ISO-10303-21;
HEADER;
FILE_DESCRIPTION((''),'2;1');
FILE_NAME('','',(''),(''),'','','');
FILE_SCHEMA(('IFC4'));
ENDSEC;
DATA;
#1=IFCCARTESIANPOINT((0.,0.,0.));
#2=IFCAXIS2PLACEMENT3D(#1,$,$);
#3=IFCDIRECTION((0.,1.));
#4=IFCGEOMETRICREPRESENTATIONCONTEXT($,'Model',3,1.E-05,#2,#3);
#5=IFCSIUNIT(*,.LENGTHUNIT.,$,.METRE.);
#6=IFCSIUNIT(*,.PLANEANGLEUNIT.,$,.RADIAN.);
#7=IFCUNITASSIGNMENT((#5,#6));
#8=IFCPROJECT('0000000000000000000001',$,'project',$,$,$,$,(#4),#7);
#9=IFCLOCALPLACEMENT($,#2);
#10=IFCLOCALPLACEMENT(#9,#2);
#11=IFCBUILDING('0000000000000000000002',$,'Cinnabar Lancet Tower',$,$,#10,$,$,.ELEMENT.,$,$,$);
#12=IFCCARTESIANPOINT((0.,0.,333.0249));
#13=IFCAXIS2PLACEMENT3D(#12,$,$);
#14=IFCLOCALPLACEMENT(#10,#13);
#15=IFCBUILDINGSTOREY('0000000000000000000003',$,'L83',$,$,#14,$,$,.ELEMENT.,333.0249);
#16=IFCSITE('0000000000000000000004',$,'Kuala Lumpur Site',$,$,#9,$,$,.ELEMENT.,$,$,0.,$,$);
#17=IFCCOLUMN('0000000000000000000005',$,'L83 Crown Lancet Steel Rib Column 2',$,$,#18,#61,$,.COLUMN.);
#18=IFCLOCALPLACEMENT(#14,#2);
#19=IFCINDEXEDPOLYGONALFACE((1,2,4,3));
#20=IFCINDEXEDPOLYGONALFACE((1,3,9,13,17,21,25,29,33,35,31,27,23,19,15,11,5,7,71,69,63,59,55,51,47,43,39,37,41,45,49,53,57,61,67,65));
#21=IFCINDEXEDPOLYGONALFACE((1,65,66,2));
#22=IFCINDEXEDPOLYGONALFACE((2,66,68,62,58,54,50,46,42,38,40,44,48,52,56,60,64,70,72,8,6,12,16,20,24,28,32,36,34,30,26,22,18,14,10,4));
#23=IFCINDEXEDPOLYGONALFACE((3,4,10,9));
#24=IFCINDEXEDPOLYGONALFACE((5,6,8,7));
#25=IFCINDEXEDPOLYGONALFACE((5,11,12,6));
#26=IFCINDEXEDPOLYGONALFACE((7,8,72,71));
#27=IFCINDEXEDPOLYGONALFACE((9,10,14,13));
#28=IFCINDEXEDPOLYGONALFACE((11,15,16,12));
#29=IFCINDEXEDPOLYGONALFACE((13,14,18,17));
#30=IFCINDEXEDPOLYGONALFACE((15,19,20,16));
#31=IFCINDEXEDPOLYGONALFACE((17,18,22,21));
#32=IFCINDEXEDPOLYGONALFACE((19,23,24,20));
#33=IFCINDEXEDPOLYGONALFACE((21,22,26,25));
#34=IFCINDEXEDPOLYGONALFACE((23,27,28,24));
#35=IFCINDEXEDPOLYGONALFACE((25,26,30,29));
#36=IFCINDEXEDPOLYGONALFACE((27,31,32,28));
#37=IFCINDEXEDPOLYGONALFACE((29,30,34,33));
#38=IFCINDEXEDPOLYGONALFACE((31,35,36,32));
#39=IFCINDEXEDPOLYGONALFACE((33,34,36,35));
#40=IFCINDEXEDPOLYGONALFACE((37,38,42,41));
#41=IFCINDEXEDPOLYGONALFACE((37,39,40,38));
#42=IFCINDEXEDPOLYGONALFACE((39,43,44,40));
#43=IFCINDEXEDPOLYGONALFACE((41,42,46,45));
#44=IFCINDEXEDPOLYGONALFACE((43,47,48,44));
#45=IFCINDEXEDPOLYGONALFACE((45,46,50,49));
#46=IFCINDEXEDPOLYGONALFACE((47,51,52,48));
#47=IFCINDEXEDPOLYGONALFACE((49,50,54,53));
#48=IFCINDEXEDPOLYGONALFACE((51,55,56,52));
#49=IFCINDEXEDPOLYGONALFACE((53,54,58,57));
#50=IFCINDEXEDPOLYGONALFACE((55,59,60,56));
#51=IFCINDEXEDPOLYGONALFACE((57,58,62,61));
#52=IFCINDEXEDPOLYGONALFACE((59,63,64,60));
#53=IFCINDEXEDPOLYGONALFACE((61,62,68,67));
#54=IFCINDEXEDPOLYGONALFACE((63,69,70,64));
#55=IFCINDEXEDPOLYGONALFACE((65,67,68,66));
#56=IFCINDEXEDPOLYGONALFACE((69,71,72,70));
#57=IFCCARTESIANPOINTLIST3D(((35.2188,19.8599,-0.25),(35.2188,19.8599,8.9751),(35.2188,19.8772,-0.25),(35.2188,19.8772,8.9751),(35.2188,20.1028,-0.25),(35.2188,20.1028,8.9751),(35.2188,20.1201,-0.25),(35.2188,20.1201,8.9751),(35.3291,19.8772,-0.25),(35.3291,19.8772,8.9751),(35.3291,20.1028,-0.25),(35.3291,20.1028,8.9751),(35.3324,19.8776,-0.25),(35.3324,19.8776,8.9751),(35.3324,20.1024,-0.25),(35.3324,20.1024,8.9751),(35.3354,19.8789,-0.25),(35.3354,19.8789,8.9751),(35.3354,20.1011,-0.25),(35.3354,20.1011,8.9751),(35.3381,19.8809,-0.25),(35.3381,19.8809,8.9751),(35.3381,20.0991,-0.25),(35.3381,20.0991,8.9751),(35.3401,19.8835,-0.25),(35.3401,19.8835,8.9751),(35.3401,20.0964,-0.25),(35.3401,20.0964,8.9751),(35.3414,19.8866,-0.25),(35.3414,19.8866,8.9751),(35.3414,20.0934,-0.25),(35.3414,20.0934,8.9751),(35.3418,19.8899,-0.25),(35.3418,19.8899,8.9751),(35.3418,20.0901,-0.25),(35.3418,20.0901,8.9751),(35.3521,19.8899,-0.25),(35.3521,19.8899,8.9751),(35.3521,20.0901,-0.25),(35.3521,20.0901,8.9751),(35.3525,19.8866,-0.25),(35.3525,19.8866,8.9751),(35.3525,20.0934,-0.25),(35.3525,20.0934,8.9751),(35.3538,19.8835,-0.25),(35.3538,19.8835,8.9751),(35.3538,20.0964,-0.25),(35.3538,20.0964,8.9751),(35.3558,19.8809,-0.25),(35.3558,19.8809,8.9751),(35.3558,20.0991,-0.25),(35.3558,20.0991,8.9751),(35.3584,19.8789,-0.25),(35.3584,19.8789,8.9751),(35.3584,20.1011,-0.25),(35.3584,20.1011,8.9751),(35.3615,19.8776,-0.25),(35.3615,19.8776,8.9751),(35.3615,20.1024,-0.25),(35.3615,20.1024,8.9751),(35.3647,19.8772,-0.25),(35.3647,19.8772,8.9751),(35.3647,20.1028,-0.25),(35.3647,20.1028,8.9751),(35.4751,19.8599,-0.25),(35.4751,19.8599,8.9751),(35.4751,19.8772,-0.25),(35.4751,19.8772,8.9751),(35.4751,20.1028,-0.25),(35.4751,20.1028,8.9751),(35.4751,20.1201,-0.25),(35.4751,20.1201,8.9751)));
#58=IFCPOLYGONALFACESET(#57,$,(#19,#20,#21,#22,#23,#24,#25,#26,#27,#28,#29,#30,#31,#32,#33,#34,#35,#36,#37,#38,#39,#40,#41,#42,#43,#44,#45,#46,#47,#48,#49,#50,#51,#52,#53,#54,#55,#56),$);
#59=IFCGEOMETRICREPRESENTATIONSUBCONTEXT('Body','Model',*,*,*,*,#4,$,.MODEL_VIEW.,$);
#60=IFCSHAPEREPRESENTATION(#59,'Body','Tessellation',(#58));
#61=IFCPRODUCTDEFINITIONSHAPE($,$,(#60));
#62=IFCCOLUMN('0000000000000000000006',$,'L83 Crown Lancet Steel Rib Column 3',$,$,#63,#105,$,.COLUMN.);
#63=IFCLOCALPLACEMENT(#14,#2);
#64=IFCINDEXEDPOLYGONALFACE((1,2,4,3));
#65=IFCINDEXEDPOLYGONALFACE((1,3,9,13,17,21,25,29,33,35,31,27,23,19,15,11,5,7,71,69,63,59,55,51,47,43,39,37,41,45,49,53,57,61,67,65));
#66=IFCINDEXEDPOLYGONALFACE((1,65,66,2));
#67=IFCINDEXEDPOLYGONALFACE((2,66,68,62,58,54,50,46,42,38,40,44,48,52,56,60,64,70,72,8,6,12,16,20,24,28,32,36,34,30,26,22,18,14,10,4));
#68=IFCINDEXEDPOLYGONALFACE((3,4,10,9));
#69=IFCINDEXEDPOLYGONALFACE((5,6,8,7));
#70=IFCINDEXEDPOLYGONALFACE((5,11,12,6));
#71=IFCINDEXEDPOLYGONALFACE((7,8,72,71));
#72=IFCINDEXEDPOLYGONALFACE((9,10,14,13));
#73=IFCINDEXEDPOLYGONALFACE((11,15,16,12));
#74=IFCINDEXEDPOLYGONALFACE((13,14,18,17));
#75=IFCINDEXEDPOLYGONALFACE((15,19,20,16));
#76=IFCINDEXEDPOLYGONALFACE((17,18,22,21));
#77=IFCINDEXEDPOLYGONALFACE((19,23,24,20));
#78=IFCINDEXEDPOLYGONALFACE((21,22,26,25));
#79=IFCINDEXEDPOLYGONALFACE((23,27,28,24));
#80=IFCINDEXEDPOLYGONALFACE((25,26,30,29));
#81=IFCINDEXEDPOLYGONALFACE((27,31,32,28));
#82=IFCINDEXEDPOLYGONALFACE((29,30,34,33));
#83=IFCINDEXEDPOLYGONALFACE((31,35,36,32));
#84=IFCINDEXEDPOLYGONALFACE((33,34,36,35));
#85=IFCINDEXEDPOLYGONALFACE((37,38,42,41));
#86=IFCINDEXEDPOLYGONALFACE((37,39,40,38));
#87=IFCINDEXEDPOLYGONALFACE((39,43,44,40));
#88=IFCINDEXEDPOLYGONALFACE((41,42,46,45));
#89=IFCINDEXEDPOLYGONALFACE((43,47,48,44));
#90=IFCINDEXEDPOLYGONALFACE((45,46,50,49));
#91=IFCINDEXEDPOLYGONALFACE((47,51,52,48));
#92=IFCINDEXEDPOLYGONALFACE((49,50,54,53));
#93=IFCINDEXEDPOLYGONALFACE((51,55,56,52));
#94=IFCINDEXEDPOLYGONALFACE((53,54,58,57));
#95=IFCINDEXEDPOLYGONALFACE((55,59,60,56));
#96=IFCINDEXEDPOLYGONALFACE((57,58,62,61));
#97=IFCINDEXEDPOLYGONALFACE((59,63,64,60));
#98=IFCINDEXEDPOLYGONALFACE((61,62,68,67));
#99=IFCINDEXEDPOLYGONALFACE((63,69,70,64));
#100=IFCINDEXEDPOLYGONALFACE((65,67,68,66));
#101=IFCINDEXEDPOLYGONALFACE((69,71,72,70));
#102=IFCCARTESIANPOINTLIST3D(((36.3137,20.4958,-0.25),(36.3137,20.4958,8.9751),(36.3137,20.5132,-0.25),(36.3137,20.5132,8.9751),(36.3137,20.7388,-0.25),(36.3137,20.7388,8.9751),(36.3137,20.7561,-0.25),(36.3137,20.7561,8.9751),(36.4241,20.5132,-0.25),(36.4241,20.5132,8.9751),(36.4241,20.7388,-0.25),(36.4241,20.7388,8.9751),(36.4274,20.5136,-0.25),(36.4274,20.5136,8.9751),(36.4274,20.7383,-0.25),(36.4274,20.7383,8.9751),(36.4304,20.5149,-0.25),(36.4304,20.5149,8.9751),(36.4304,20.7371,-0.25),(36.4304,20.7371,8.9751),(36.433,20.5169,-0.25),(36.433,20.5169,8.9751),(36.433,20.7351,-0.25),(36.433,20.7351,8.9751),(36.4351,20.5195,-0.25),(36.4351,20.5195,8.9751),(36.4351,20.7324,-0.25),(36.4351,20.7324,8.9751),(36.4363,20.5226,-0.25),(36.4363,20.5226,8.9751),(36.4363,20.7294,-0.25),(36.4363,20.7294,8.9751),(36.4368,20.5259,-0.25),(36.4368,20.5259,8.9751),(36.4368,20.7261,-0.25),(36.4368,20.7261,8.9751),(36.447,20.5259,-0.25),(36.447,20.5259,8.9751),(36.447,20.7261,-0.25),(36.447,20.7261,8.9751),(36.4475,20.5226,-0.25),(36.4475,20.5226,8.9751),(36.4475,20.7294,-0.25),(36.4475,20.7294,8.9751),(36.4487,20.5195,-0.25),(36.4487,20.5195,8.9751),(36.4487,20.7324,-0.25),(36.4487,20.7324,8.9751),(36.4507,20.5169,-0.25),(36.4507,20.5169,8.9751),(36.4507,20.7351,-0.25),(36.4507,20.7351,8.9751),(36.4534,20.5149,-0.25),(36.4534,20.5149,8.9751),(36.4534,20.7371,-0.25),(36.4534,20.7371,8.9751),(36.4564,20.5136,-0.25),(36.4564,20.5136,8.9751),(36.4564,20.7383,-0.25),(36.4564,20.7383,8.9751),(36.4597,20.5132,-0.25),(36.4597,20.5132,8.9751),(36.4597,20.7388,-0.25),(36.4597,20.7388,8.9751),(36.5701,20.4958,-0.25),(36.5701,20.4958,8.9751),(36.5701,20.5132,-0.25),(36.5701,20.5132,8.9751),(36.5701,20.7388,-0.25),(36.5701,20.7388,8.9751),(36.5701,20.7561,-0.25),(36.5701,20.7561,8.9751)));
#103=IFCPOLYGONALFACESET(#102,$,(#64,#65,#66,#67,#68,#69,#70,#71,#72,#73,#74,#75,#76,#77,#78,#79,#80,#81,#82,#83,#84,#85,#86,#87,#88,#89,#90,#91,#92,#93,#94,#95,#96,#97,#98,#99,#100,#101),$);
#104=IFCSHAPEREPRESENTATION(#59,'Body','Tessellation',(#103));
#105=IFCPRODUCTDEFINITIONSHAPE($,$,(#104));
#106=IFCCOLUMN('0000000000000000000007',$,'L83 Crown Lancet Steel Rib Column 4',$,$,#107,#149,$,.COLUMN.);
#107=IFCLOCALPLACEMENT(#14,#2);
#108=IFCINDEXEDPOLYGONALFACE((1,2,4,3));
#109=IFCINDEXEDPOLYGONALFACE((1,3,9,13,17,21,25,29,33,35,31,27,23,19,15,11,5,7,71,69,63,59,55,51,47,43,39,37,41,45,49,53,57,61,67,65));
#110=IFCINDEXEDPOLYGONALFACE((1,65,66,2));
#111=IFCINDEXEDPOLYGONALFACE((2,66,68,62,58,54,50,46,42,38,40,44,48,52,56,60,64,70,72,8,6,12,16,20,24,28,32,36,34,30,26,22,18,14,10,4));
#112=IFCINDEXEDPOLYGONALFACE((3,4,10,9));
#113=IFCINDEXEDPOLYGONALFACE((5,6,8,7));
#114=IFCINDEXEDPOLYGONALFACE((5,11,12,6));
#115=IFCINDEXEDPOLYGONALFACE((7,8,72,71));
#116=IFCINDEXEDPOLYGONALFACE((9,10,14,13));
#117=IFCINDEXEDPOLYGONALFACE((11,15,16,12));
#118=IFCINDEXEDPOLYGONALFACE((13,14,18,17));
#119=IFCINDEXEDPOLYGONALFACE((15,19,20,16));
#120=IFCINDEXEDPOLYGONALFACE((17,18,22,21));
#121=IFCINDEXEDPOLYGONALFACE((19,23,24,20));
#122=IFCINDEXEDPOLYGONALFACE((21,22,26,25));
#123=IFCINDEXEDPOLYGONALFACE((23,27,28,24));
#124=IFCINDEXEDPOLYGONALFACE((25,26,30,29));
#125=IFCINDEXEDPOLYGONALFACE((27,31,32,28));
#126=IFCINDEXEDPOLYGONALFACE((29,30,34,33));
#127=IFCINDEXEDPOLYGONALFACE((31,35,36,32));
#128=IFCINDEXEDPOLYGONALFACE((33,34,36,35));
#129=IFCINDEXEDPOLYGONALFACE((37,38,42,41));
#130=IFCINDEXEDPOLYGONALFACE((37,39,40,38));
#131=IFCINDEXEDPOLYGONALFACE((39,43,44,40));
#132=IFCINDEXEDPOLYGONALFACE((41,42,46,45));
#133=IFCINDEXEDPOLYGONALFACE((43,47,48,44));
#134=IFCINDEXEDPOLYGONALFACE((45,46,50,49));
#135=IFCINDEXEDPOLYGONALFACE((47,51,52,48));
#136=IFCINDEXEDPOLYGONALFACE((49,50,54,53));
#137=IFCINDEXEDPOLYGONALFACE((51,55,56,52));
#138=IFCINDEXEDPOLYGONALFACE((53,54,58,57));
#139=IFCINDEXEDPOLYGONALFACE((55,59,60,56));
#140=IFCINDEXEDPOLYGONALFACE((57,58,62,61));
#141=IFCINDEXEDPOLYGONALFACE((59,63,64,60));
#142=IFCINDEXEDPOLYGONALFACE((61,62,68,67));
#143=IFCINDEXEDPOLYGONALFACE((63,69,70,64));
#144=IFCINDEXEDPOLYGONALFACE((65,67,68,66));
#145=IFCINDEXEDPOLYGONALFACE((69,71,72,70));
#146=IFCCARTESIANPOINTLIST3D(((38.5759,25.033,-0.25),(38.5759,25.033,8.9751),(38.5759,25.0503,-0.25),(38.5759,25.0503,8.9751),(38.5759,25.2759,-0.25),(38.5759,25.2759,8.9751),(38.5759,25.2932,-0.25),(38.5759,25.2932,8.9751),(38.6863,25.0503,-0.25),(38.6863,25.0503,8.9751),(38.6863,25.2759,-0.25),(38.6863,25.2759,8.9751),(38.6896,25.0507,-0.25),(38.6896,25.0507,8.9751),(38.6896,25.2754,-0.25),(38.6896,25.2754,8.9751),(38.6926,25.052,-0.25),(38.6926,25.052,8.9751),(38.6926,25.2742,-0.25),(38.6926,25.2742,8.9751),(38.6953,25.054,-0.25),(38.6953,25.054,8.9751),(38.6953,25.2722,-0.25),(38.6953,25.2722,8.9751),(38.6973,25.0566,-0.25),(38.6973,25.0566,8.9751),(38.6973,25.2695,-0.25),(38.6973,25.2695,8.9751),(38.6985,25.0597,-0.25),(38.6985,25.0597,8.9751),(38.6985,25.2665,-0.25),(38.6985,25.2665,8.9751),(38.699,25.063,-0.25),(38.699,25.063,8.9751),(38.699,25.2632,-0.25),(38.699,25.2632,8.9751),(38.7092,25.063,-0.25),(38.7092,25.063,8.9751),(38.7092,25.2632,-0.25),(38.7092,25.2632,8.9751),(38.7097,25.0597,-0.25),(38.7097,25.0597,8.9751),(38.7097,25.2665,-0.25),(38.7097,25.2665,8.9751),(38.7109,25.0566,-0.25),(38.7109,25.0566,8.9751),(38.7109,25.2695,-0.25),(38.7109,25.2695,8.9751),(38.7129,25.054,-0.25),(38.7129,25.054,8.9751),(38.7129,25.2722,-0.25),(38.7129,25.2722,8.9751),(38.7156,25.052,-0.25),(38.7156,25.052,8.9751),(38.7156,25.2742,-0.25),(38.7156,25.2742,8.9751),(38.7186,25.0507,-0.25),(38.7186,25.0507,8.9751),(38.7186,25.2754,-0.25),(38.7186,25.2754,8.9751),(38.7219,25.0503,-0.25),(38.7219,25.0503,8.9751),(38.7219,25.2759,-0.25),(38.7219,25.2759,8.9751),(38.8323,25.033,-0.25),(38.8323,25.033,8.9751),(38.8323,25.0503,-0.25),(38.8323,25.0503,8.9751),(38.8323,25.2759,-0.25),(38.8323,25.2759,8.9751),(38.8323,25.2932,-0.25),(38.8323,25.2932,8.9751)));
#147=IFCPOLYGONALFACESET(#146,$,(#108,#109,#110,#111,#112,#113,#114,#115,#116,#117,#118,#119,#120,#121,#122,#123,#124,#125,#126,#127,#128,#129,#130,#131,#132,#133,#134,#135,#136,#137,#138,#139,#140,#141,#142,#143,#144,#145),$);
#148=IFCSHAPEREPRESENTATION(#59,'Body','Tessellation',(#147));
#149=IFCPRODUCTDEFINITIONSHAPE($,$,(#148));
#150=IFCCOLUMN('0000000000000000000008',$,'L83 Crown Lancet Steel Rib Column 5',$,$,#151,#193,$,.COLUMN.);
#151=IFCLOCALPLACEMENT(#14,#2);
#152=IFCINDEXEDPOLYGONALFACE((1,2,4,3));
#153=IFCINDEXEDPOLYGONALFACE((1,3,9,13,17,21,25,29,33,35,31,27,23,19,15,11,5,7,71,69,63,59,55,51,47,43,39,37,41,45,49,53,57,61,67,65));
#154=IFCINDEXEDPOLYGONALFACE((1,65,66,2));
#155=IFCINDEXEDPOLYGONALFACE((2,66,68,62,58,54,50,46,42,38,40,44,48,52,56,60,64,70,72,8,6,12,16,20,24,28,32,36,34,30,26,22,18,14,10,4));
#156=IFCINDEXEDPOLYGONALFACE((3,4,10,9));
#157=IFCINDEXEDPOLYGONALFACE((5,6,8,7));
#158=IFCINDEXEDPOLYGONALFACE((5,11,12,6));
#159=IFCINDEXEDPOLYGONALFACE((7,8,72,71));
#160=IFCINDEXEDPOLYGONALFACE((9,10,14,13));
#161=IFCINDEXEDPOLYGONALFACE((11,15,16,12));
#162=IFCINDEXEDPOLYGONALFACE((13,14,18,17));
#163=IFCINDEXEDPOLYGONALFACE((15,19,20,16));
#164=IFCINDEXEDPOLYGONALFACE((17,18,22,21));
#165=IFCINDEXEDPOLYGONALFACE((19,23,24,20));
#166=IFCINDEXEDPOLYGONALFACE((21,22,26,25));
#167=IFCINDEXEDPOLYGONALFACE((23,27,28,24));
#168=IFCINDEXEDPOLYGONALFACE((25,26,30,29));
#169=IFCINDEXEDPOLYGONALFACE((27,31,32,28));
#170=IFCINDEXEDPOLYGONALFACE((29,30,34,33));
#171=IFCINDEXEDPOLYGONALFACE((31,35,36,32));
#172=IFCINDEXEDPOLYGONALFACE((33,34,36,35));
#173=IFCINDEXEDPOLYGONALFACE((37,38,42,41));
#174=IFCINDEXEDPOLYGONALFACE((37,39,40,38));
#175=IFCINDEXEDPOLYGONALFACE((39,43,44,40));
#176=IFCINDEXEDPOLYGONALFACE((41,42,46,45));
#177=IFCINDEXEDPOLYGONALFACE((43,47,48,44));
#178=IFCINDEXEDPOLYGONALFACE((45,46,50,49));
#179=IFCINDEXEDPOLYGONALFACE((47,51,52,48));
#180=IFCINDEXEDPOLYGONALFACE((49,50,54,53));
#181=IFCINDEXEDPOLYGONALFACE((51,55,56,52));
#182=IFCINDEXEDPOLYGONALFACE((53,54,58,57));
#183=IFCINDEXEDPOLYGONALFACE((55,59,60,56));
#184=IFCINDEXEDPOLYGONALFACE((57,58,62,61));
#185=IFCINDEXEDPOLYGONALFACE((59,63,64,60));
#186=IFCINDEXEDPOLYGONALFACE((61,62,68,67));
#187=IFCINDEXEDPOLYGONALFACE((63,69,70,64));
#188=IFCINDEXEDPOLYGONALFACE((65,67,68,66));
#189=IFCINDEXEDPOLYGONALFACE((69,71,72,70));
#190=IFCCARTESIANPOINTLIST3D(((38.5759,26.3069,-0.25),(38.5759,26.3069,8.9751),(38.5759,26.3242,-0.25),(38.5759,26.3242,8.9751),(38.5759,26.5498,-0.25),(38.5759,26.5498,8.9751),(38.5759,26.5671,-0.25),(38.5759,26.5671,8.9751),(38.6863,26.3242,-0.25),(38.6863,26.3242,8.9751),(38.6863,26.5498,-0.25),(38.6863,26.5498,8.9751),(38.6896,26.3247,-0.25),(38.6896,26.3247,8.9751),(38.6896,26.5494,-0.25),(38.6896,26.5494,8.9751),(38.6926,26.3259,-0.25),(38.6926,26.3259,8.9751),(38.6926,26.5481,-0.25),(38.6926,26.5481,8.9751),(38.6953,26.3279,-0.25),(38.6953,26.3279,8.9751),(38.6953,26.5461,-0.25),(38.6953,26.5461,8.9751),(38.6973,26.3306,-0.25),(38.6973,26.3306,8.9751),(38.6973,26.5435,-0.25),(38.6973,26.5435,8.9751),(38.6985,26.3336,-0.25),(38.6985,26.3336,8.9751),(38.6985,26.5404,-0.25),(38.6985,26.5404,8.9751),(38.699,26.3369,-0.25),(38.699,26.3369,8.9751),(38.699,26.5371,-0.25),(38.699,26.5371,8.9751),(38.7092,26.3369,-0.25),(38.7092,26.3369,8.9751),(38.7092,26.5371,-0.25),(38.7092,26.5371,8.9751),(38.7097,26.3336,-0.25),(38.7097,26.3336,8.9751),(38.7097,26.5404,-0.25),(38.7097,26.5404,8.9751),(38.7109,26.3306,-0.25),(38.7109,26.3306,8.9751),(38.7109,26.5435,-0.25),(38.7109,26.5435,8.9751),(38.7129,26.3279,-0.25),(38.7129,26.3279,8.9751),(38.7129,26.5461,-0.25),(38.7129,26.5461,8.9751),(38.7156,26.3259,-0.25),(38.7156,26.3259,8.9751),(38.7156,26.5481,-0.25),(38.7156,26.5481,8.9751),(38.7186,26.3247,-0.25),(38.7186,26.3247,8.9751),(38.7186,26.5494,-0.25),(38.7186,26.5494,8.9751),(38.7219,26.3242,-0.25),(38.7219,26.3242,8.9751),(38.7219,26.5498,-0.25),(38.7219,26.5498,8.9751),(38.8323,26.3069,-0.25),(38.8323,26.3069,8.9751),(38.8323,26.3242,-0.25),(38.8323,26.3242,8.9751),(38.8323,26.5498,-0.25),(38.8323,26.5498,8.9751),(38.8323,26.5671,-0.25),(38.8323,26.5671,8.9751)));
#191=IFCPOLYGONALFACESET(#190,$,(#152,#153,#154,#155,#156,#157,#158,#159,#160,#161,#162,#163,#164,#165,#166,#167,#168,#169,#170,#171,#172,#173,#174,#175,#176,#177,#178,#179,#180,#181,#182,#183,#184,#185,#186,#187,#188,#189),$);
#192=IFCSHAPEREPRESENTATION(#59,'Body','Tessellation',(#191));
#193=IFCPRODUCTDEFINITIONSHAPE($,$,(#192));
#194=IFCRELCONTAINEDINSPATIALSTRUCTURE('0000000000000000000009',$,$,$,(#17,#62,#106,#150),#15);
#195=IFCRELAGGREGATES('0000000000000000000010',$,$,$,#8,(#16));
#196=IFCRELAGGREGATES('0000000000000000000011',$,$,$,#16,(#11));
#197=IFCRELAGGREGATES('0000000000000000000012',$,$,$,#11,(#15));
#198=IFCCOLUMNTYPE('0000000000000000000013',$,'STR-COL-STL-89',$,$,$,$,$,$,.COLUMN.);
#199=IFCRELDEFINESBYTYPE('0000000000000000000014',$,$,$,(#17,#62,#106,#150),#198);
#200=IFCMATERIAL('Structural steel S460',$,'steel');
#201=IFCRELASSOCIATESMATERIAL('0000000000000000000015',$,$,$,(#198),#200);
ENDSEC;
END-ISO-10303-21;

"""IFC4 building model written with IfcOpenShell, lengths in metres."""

from ifc_helpers import new_model, si_unit, direction, frame, origin, origin_2d, place, context, subcontext, project, spatial, i_section, extrude, material, material_profile, profile_set, type_object, element, save


model = new_model("IFC4")

# Units and contexts
model_context = context("Model", 3, precision=1e-05, world=origin(), true_north=direction((0.0, 1.0)))
body_context = subcontext(model_context, "Body", "Model", "MODEL_VIEW")
ifc_project = project(units=[si_unit("LENGTHUNIT", "METRE"), si_unit("PLANEANGLEUNIT", "RADIAN")], contexts=[model_context])

# Site, building, storey
site_placement = place(None, origin())
site = spatial("IfcSite", under=ifc_project, at=site_placement, Name="Kuala Lumpur Site", CompositionType="ELEMENT", RefElevation=0.0)
building_placement = place(site_placement, origin())
building = spatial("IfcBuilding", under=site, at=building_placement, Name="Cinnabar Lancet Tower", CompositionType="ELEMENT")
storey_placement = place(building_placement, frame((0.0, 0.0, 333.0249)))
storey = spatial("IfcBuildingStorey", under=building, at=storey_placement, Name="L83", CompositionType="ELEMENT", Elevation=333.0249)

# Columns
ifc_material_1 = material(Name="Structural steel S460", Category="steel")
ifc_material_profile_1 = material_profile(ifc_material_1, i_section(OverallWidth=0.2563, OverallDepth=0.2603, WebThickness=0.0103, FlangeThickness=0.0173, FilletRadius=0.0127, at=origin_2d()), Name="UKC 254x254x89")
ifc_profile_set_1 = profile_set([ifc_material_profile_1], Name="Structural steel S460")
column_type = type_object("IfcColumnType", Name="STR-COL-STL-89", PredefinedType="COLUMN", material=ifc_profile_set_1)
for number, where, z_axis, x_axis, name in (
    (1, (35.3469, 19.99, -0.25), (0.0, 0.0, 1.0), (1.0, 0.0, 0.0), "L83 Crown Lancet Steel Rib Column 2"),
    (2, (36.4419, 20.626, -0.25), (0.0, 0.0, 1.0), (1.0, 0.0, 0.0), "L83 Crown Lancet Steel Rib Column 3"),
    (3, (38.7041, 25.1631, -0.25), (0.0, 0.0, 1.0), (1.0, 0.0, 0.0), "L83 Crown Lancet Steel Rib Column 4"),
    (4, (38.7041, 26.437, -0.25), (0.0, 0.0, 1.0), (1.0, 0.0, 0.0), "L83 Crown Lancet Steel Rib Column 5"),
):
    element("IfcColumn", number, at=place(storey_placement, frame(where, z_axis=z_axis, x_axis=x_axis)), inside=storey, type_object=column_type, Name=name, PredefinedType="COLUMN", context=body_context, shape_type="SweptSolid", body=[
        extrude(i_section(OverallWidth=0.2563, OverallDepth=0.2603, WebThickness=0.0103, FlangeThickness=0.0173, FilletRadius=0.0127, at=origin_2d()), origin(), (0.0, 0.0, 1.0), 9.2251),
    ])

save(model, "model.ifc")
